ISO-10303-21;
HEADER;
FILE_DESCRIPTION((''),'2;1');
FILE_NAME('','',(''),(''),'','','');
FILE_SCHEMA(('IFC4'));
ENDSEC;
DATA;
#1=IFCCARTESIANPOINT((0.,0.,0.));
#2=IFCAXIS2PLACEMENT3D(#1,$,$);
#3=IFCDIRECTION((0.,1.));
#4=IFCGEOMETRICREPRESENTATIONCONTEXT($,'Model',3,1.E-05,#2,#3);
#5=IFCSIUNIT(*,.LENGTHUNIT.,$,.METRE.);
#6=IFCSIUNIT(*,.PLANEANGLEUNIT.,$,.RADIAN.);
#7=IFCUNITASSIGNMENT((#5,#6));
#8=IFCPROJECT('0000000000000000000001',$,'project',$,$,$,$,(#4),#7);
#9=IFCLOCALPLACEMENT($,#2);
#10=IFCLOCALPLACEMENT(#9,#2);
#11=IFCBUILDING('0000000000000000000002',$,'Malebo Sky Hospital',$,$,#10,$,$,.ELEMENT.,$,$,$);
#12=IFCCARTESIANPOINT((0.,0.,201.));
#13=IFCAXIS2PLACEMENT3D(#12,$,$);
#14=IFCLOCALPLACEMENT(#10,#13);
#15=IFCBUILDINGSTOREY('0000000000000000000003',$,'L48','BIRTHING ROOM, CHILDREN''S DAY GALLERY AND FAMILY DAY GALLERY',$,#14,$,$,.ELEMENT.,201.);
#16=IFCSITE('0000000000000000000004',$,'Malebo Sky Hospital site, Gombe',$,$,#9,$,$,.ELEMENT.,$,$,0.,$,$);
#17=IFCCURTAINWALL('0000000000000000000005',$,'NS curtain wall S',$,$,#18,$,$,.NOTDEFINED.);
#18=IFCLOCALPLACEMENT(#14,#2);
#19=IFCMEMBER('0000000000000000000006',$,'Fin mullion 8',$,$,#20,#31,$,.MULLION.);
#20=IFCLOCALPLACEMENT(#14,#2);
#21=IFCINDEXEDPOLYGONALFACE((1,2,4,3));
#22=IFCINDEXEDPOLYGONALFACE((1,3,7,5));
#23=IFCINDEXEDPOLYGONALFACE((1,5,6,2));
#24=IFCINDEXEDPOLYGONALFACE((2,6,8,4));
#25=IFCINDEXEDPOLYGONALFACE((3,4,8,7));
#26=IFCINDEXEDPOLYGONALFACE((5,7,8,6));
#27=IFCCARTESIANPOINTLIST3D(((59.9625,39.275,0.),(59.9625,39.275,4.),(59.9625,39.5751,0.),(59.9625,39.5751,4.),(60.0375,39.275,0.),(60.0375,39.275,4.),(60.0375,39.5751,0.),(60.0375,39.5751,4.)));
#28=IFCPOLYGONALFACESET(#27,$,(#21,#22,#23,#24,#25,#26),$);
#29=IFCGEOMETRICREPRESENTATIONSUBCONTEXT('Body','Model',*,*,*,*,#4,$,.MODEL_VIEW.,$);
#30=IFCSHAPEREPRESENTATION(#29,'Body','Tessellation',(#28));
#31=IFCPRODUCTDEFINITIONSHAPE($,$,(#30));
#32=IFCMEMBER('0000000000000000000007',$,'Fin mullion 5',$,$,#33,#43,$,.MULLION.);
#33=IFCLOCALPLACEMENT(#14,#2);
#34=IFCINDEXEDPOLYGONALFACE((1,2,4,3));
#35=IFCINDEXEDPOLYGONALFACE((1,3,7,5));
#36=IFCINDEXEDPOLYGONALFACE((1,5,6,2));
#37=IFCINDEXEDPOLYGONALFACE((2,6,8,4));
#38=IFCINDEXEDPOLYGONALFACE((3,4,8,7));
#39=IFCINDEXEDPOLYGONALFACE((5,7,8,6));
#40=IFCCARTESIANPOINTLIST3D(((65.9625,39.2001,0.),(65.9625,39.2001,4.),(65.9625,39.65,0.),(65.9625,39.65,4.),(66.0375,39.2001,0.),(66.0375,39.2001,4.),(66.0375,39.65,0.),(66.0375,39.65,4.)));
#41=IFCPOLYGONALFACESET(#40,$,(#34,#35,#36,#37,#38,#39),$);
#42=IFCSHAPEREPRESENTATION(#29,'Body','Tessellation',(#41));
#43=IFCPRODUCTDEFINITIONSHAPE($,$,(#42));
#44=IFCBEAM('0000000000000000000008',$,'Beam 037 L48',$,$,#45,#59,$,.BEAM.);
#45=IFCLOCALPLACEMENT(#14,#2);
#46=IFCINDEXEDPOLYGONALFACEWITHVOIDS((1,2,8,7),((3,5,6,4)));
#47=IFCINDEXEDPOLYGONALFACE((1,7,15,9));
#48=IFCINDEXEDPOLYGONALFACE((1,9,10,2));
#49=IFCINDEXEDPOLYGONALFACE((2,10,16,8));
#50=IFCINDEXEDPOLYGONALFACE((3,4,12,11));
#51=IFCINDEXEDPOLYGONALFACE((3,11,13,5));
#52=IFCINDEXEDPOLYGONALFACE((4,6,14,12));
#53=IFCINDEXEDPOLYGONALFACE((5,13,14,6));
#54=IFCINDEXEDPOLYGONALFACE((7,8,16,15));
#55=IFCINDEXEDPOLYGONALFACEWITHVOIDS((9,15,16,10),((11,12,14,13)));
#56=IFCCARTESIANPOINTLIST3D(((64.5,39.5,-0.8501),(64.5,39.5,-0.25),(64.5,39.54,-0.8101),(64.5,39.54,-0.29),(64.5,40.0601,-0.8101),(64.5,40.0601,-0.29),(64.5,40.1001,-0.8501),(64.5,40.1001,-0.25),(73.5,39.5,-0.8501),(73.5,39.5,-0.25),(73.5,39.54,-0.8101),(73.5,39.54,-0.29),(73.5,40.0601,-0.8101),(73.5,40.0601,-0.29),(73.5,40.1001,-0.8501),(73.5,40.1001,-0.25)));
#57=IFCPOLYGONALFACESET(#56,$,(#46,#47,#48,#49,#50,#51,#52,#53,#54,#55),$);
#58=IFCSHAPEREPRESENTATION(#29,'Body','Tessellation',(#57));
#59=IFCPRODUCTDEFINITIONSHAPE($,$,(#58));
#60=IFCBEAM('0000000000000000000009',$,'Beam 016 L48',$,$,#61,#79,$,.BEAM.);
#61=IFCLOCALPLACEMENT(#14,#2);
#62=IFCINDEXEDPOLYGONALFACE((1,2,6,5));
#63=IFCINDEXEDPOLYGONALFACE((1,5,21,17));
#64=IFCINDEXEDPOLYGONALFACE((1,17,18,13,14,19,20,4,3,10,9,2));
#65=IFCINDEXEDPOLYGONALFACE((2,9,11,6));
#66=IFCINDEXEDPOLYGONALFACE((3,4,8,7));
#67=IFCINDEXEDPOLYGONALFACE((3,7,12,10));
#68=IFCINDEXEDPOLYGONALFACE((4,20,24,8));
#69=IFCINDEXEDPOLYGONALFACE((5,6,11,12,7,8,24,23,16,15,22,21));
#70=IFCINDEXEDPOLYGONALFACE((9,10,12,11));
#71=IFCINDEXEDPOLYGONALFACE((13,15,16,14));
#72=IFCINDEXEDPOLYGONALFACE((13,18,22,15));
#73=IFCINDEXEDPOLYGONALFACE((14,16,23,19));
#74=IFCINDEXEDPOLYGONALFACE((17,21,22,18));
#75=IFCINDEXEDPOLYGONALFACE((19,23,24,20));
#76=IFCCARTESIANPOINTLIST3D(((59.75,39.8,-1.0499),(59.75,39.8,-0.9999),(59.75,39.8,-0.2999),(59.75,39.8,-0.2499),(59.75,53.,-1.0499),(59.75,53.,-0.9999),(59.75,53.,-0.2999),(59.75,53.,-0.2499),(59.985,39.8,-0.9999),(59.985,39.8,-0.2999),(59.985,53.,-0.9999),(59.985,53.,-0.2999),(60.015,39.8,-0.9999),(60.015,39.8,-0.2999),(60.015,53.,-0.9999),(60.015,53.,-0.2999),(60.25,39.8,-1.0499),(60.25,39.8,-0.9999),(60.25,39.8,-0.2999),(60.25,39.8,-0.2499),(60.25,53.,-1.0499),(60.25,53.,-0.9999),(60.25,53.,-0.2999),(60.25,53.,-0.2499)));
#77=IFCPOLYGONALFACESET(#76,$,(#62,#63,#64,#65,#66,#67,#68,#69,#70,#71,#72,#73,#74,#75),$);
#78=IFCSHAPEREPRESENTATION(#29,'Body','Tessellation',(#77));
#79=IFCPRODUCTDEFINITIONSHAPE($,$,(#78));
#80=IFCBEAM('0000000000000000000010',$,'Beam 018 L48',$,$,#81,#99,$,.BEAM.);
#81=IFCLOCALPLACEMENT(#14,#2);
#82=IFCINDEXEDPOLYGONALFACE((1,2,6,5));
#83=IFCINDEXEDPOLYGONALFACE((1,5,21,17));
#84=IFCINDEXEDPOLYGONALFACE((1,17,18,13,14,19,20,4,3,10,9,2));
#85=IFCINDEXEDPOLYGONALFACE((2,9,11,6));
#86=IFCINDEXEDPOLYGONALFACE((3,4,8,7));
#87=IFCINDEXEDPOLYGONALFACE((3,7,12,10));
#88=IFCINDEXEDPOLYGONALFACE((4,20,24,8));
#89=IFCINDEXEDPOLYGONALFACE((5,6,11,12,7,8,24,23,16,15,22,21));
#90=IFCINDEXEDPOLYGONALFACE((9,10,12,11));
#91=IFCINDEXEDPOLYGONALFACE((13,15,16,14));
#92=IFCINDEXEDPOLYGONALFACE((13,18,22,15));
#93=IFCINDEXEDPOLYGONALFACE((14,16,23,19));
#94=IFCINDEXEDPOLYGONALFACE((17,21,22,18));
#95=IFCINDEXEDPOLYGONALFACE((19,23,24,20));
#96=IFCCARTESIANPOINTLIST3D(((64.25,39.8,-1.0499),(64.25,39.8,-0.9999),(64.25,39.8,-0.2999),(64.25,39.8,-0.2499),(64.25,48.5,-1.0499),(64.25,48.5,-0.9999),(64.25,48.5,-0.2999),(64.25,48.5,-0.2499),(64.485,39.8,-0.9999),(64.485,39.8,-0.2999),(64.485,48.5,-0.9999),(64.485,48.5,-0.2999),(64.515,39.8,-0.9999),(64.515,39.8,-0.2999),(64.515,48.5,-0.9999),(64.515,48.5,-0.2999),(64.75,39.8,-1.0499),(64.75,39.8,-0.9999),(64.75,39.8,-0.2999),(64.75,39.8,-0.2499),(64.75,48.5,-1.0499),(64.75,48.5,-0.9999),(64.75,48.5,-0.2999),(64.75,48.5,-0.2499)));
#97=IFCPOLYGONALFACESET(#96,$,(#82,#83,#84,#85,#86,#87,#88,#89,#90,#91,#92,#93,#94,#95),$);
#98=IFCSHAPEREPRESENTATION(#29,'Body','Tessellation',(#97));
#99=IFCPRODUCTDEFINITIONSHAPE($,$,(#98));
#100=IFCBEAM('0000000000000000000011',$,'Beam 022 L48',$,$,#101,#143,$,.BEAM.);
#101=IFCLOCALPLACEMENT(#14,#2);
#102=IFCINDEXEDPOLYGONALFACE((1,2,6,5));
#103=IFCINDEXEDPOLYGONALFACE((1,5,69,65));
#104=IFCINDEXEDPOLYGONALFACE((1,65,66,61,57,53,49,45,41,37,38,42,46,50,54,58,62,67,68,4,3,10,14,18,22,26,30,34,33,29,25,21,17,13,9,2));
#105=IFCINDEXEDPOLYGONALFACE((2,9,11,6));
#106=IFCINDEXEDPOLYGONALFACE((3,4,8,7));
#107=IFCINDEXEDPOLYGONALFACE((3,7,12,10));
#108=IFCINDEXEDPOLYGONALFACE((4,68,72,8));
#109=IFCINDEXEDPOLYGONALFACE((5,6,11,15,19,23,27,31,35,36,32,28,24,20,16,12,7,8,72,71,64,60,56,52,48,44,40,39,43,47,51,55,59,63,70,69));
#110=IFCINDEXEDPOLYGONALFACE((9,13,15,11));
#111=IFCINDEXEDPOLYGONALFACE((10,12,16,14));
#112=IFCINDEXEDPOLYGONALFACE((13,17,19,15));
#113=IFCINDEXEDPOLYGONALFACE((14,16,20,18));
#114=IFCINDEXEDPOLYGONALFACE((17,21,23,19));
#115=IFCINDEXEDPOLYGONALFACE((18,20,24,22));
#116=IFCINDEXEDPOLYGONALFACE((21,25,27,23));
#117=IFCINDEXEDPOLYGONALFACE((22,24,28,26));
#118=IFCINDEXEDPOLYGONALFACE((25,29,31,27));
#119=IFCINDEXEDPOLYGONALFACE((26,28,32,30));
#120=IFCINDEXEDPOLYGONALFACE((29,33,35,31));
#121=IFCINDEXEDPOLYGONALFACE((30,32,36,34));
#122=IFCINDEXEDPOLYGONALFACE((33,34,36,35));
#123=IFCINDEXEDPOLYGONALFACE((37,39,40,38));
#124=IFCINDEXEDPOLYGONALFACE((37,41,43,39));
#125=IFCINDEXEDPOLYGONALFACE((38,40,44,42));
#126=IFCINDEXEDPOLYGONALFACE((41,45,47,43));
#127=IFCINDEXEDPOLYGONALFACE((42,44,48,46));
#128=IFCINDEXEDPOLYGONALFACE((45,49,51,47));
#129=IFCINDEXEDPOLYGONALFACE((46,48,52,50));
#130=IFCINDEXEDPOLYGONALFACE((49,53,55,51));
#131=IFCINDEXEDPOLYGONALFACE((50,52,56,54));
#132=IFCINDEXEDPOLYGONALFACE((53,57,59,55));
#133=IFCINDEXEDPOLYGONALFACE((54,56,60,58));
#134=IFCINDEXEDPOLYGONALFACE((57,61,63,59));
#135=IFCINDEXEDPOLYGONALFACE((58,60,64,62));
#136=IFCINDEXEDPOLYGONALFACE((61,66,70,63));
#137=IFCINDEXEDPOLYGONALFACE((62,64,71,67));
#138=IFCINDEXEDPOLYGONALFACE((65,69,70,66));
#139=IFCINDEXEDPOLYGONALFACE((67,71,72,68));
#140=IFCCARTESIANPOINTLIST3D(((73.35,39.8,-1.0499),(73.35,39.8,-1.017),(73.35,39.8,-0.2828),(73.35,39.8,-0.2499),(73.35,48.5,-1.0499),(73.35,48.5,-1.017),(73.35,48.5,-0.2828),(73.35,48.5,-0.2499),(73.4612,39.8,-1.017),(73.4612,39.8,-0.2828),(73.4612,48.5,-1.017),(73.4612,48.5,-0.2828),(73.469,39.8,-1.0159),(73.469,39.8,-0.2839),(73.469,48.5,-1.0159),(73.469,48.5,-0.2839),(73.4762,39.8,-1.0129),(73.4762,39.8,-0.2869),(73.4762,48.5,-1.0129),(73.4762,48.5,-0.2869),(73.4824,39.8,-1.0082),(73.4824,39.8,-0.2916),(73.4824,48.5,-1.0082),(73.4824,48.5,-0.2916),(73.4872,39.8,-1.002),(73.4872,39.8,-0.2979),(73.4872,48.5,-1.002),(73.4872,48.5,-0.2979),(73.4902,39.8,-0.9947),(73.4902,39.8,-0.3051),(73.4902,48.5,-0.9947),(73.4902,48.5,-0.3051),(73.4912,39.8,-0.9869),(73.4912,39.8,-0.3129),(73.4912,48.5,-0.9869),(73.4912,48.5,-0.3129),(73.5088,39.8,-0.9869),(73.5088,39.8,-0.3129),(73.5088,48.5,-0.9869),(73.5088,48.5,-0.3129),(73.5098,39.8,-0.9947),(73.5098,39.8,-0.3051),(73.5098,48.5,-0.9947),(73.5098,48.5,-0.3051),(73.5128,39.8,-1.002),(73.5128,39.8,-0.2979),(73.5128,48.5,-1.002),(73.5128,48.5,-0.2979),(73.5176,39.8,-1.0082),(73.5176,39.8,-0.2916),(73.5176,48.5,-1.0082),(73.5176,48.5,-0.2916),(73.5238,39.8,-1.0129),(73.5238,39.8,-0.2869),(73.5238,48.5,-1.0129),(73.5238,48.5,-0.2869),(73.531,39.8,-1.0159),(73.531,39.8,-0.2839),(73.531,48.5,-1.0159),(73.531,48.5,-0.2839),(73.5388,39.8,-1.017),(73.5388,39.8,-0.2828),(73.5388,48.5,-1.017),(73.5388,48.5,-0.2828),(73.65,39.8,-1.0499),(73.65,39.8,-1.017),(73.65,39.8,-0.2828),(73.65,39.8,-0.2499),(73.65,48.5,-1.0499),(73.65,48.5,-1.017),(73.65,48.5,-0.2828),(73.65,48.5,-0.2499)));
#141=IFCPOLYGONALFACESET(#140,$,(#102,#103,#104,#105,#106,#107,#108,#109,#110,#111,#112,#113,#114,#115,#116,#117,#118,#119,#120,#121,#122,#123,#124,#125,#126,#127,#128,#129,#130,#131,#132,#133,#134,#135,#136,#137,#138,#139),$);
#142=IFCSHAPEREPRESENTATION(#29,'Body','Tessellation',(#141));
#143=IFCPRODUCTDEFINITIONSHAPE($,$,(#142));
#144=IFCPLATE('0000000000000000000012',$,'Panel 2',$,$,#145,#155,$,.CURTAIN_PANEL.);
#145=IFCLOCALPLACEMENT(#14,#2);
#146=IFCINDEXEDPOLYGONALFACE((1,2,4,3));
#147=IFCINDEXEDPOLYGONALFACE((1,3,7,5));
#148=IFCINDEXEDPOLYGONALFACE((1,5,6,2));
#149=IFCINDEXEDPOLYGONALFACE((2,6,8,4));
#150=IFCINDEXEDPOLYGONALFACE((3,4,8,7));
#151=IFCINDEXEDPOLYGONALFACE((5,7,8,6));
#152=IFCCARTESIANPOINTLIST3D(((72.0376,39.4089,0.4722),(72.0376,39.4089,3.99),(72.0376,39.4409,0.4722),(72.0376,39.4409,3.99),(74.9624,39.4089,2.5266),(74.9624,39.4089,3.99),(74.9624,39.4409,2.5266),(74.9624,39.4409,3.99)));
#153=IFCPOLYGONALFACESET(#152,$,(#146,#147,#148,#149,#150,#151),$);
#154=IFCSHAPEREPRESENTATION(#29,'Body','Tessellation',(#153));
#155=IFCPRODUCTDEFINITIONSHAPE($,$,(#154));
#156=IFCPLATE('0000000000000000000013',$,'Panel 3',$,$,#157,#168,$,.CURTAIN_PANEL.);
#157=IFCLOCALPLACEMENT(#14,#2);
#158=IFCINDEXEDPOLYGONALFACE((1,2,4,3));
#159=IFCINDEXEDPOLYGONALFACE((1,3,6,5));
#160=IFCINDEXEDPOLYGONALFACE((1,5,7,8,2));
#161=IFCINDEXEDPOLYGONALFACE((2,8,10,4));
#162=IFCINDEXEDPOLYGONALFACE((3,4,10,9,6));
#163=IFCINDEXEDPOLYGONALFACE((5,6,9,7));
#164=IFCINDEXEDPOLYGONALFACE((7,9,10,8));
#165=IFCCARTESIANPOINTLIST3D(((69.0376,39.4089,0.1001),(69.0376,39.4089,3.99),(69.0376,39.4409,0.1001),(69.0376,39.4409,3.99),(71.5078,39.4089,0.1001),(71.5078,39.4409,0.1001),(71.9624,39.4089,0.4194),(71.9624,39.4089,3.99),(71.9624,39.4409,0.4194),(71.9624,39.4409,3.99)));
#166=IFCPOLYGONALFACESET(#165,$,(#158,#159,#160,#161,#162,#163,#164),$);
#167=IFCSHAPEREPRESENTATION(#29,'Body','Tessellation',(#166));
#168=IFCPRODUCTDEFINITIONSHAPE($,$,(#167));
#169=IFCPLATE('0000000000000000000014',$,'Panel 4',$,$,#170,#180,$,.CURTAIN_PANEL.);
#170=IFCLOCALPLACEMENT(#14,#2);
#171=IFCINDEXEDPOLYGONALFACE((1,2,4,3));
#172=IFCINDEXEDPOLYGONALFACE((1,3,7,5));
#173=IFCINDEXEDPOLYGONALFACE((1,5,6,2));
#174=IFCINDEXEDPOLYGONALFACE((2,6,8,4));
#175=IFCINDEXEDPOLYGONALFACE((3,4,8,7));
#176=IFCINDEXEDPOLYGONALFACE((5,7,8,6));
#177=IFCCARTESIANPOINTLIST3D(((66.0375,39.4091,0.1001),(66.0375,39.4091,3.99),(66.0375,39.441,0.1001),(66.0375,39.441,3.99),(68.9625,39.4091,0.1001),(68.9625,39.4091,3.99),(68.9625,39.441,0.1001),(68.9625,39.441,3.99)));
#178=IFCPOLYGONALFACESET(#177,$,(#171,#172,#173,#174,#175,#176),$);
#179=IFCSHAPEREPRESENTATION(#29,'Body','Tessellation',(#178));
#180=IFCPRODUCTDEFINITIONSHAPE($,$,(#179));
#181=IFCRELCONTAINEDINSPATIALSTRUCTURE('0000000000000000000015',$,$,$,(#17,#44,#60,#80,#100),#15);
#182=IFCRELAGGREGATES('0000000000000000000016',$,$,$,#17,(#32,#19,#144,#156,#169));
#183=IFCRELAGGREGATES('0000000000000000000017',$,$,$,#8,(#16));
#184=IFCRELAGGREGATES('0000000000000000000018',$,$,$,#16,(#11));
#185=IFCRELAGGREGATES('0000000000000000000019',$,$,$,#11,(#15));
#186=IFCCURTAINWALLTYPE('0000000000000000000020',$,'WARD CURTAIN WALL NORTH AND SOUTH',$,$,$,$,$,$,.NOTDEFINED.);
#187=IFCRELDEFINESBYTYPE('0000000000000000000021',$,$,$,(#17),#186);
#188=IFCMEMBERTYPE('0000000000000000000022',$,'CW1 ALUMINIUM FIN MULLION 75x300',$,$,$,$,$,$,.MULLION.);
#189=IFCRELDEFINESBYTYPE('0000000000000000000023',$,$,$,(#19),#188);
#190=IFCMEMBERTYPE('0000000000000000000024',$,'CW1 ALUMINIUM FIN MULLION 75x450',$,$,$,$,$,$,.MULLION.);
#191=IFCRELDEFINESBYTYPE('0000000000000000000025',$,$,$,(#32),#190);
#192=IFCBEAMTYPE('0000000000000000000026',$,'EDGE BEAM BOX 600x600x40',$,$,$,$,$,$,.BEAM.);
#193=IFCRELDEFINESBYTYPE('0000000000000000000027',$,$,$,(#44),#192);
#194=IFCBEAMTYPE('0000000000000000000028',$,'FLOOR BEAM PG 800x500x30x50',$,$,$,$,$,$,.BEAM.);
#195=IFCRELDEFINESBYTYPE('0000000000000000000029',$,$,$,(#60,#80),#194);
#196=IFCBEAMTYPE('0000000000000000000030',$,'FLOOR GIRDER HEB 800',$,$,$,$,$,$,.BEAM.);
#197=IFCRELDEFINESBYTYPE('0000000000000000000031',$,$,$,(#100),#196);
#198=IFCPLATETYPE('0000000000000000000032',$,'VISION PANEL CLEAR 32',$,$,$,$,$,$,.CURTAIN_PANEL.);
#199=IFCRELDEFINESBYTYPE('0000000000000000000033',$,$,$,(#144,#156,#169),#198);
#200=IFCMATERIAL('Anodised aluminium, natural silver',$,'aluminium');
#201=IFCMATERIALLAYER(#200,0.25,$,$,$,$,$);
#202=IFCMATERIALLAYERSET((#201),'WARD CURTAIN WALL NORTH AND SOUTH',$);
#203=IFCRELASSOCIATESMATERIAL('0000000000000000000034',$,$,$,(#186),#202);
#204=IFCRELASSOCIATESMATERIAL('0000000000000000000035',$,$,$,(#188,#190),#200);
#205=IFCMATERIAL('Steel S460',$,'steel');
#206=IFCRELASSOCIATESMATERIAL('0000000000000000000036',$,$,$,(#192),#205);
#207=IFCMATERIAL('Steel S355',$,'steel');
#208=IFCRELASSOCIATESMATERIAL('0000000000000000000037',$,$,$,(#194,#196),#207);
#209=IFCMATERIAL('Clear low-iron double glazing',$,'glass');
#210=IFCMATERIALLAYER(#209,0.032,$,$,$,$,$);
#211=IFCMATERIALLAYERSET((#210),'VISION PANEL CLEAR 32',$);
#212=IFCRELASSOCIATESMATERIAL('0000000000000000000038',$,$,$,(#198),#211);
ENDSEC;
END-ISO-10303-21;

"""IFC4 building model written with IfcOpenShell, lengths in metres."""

from ifc_helpers import new_model, si_unit, direction, frame, origin, origin_2d, place, context, subcontext, project, spatial, polyline, rectangle, hollow_rectangle, i_section, outline, extrude, material, layer, layer_set, material_profile, profile_set, type_object, element, aggregate, save


model = new_model("IFC4")

# Units and contexts
model_context = context("Model", 3, precision=1e-05, world=origin(), true_north=direction((0.0, 1.0)))
body_context = subcontext(model_context, "Body", "Model", "MODEL_VIEW")
ifc_project = project(units=[si_unit("LENGTHUNIT", "METRE"), si_unit("PLANEANGLEUNIT", "RADIAN")], contexts=[model_context])

# Site, building, storey
site_placement = place(None, origin())
site = spatial("IfcSite", under=ifc_project, at=site_placement, Name="Malebo Sky Hospital site, Gombe", CompositionType="ELEMENT", RefElevation=0.0)
building_placement = place(site_placement, origin())
building = spatial("IfcBuilding", under=site, at=building_placement, Name="Malebo Sky Hospital", CompositionType="ELEMENT")
storey_placement = place(building_placement, frame((0.0, 0.0, 201.0)))
storey = spatial("IfcBuildingStorey", under=building, at=storey_placement, Name="L48", Description="BIRTHING ROOM, CHILDREN'S DAY GALLERY AND FAMILY DAY GALLERY", CompositionType="ELEMENT", Elevation=201.0)

# Shared definitions
ifc_material_1 = material(Name="Steel S460", Category="steel")

# Curtain wall
ifc_material_2 = material(Name="Anodised aluminium, natural silver", Category="aluminium")
ifc_layer_1 = layer(ifc_material_2, 0.25)
ifc_layer_set_1 = layer_set([ifc_layer_1], Name="WARD CURTAIN WALL NORTH AND SOUTH")
curtain_wall_type = type_object("IfcCurtainWallType", Name="WARD CURTAIN WALL NORTH AND SOUTH", PredefinedType="NOTDEFINED", material=ifc_layer_set_1)
curtain_wall_placement = place(storey_placement, origin())
curtain_wall = element("IfcCurtainWall", 1, at=curtain_wall_placement, inside=storey, type_object=curtain_wall_type, Name="NS curtain wall S", PredefinedType="NOTDEFINED")

# Members
ifc_material_3 = material(Name="Steel S355", Category="steel")
ifc_material_profile_1 = material_profile(ifc_material_2, rectangle(XDim=0.075, YDim=0.3, at=origin_2d()), Name="CW1 ALUMINIUM FIN MULLION 75x300")
ifc_profile_set_1 = profile_set([ifc_material_profile_1], Name="Anodised aluminium, natural silver")
member_type_1 = type_object("IfcMemberType", Name="CW1 ALUMINIUM FIN MULLION 75x300", PredefinedType="MULLION", material=ifc_profile_set_1)
member_1_placement = place(storey_placement, frame((60.0, 39.425, 0.0), z_axis=(0.0, 0.0, 1.0), x_axis=(-1.0, 0.0, 0.0)))
member_1 = element("IfcMember", 2, at=member_1_placement, type_object=member_type_1, Name="Fin mullion 8", PredefinedType="MULLION", context=body_context, shape_type="SweptSolid", body=[
    extrude(rectangle(XDim=0.075, YDim=0.3, at=origin_2d()), origin(), (0.0, 0.0, 1.0), 4.0),
])
ifc_material_profile_2 = material_profile(ifc_material_2, rectangle(XDim=0.075, YDim=0.45, at=origin_2d()), Name="CW1 ALUMINIUM FIN MULLION 75x450")
ifc_profile_set_2 = profile_set([ifc_material_profile_2], Name="Anodised aluminium, natural silver")
member_type_2 = type_object("IfcMemberType", Name="CW1 ALUMINIUM FIN MULLION 75x450", PredefinedType="MULLION", material=ifc_profile_set_2)
member_2_placement = place(storey_placement, frame((66.0, 39.425, 0.0), z_axis=(0.0, 0.0, 1.0), x_axis=(-1.0, 0.0, 0.0)))
member_2 = element("IfcMember", 3, at=member_2_placement, type_object=member_type_2, Name="Fin mullion 5", PredefinedType="MULLION", context=body_context, shape_type="SweptSolid", body=[
    extrude(rectangle(XDim=0.075, YDim=0.45, at=origin_2d()), origin(), (0.0, 0.0, 1.0), 4.0),
])

# Beams
ifc_material_profile_3 = material_profile(ifc_material_1, hollow_rectangle(XDim=0.6001, YDim=0.6001, WallThickness=0.04, at=origin_2d()), Name="BOX 600x600x40")
ifc_profile_set_3 = profile_set([ifc_material_profile_3], Name="Steel S460")
beam_type_1 = type_object("IfcBeamType", Name="EDGE BEAM BOX 600x600x40", PredefinedType="BEAM", material=ifc_profile_set_3)
beam_1_placement = place(storey_placement, frame((64.5, 39.8, -0.55), z_axis=(1.0, 0.0, 0.0), x_axis=(0.0, 1.0, 0.0)))
element("IfcBeam", 4, at=beam_1_placement, inside=storey, type_object=beam_type_1, Name="Beam 037 L48", PredefinedType="BEAM", context=body_context, shape_type="SweptSolid", body=[
    extrude(hollow_rectangle(XDim=0.6001, YDim=0.6001, WallThickness=0.04, at=origin_2d()), origin(), (0.0, 0.0, 1.0), 9.0),
])
ifc_material_profile_4 = material_profile(ifc_material_3, i_section(OverallWidth=0.5, OverallDepth=0.8, WebThickness=0.03, FlangeThickness=0.05, at=origin_2d()), Name="PG 800x500x30x50")
ifc_profile_set_4 = profile_set([ifc_material_profile_4], Name="Steel S355")
beam_type_2 = type_object("IfcBeamType", Name="FLOOR BEAM PG 800x500x30x50", PredefinedType="BEAM", material=ifc_profile_set_4)
beam_2_placement = place(storey_placement, frame((60.0, 39.8, -0.6499), z_axis=(0.0, 1.0, 0.0), x_axis=(-1.0, 0.0, 0.0)))
element("IfcBeam", 5, at=beam_2_placement, inside=storey, type_object=beam_type_2, Name="Beam 016 L48", PredefinedType="BEAM", context=body_context, shape_type="SweptSolid", body=[
    extrude(i_section(OverallWidth=0.5, OverallDepth=0.8, WebThickness=0.03, FlangeThickness=0.05, at=origin_2d()), origin(), (0.0, 0.0, 1.0), 13.2),
])
beam_3_placement = place(storey_placement, frame((64.5, 39.8, -0.6499), z_axis=(0.0, 1.0, 0.0), x_axis=(-1.0, 0.0, 0.0)))
element("IfcBeam", 6, at=beam_3_placement, inside=storey, type_object=beam_type_2, Name="Beam 018 L48", PredefinedType="BEAM", context=body_context, shape_type="SweptSolid", body=[
    extrude(i_section(OverallWidth=0.5, OverallDepth=0.8, WebThickness=0.03, FlangeThickness=0.05, at=origin_2d()), origin(), (0.0, 0.0, 1.0), 8.7),
])
ifc_material_profile_5 = material_profile(ifc_material_3, i_section(OverallWidth=0.3, OverallDepth=0.8, WebThickness=0.0176, FlangeThickness=0.033, FilletRadius=0.03, at=origin_2d()), Name="HEB 800")
ifc_profile_set_5 = profile_set([ifc_material_profile_5], Name="Steel S355")
beam_type_3 = type_object("IfcBeamType", Name="FLOOR GIRDER HEB 800", PredefinedType="BEAM", material=ifc_profile_set_5)
beam_4_placement = place(storey_placement, frame((73.5, 39.8, -0.6499), z_axis=(0.0, 1.0, 0.0), x_axis=(-1.0, 0.0, 0.0)))
element("IfcBeam", 7, at=beam_4_placement, inside=storey, type_object=beam_type_3, Name="Beam 022 L48", PredefinedType="BEAM", context=body_context, shape_type="SweptSolid", body=[
    extrude(i_section(OverallWidth=0.3, OverallDepth=0.8, WebThickness=0.0176, FlangeThickness=0.033, FilletRadius=0.03, at=origin_2d()), origin(), (0.0, 0.0, 1.0), 8.7),
])

# Plates
ifc_material_4 = material(Name="Clear low-iron double glazing", Category="glass")
ifc_layer_2 = layer(ifc_material_4, 0.032)
ifc_layer_set_2 = layer_set([ifc_layer_2], Name="VISION PANEL CLEAR 32")
plate_type = type_object("IfcPlateType", Name="VISION PANEL CLEAR 32", PredefinedType="CURTAIN_PANEL", material=ifc_layer_set_2)
plate_1_placement = place(storey_placement, frame((73.5, 39.425, 0.4722), z_axis=(0.0, 0.0, 1.0), x_axis=(-1.0, 0.0, 0.0)))
plate_1 = element("IfcPlate", 8, at=plate_1_placement, type_object=plate_type, Name="Panel 2", PredefinedType="CURTAIN_PANEL", context=body_context, shape_type="SweptSolid", body=[
    extrude(outline(polyline([(1.4624, 0.0), (1.4624, 3.5178), (-1.4624, 3.5178), (-1.4624, 2.0544), (1.4624, 0.0)])), frame((0.0, 0.0161, 0.0), z_axis=(0.0, -1.0, 0.0), x_axis=(1.0, 0.0, 0.0)), (0.0, 0.0, 1.0), 0.032),
])
plate_2_placement = place(storey_placement, frame((70.5, 39.425, 0.1001), z_axis=(0.0, 0.0, 1.0), x_axis=(-1.0, 0.0, 0.0)))
plate_2 = element("IfcPlate", 9, at=plate_2_placement, type_object=plate_type, Name="Panel 3", PredefinedType="CURTAIN_PANEL", context=body_context, shape_type="SweptSolid", body=[
    extrude(outline(polyline([(-1.0078, 0.0), (1.4624, 0.0), (1.4624, 3.8899), (-1.4624, 3.8899), (-1.4624, 0.3193), (-1.0078, 0.0)])), frame((0.0, 0.0161, 0.0), z_axis=(0.0, -1.0, 0.0), x_axis=(1.0, 0.0, 0.0)), (0.0, 0.0, 1.0), 0.032),
])
plate_3_placement = place(storey_placement, frame((67.5, 39.425, 0.1001), z_axis=(0.0, 0.0, 1.0), x_axis=(-1.0, 0.0, 0.0)))
plate_3 = element("IfcPlate", 10, at=plate_3_placement, type_object=plate_type, Name="Panel 4", PredefinedType="CURTAIN_PANEL", context=body_context, shape_type="SweptSolid", body=[
    extrude(rectangle(XDim=2.925, YDim=0.032, at=origin_2d()), origin(), (0.0, 0.0, 1.0), 3.8899),
])
aggregate(curtain_wall, [member_2, member_1, plate_1, plate_2, plate_3])

save(model, "model.ifc")
